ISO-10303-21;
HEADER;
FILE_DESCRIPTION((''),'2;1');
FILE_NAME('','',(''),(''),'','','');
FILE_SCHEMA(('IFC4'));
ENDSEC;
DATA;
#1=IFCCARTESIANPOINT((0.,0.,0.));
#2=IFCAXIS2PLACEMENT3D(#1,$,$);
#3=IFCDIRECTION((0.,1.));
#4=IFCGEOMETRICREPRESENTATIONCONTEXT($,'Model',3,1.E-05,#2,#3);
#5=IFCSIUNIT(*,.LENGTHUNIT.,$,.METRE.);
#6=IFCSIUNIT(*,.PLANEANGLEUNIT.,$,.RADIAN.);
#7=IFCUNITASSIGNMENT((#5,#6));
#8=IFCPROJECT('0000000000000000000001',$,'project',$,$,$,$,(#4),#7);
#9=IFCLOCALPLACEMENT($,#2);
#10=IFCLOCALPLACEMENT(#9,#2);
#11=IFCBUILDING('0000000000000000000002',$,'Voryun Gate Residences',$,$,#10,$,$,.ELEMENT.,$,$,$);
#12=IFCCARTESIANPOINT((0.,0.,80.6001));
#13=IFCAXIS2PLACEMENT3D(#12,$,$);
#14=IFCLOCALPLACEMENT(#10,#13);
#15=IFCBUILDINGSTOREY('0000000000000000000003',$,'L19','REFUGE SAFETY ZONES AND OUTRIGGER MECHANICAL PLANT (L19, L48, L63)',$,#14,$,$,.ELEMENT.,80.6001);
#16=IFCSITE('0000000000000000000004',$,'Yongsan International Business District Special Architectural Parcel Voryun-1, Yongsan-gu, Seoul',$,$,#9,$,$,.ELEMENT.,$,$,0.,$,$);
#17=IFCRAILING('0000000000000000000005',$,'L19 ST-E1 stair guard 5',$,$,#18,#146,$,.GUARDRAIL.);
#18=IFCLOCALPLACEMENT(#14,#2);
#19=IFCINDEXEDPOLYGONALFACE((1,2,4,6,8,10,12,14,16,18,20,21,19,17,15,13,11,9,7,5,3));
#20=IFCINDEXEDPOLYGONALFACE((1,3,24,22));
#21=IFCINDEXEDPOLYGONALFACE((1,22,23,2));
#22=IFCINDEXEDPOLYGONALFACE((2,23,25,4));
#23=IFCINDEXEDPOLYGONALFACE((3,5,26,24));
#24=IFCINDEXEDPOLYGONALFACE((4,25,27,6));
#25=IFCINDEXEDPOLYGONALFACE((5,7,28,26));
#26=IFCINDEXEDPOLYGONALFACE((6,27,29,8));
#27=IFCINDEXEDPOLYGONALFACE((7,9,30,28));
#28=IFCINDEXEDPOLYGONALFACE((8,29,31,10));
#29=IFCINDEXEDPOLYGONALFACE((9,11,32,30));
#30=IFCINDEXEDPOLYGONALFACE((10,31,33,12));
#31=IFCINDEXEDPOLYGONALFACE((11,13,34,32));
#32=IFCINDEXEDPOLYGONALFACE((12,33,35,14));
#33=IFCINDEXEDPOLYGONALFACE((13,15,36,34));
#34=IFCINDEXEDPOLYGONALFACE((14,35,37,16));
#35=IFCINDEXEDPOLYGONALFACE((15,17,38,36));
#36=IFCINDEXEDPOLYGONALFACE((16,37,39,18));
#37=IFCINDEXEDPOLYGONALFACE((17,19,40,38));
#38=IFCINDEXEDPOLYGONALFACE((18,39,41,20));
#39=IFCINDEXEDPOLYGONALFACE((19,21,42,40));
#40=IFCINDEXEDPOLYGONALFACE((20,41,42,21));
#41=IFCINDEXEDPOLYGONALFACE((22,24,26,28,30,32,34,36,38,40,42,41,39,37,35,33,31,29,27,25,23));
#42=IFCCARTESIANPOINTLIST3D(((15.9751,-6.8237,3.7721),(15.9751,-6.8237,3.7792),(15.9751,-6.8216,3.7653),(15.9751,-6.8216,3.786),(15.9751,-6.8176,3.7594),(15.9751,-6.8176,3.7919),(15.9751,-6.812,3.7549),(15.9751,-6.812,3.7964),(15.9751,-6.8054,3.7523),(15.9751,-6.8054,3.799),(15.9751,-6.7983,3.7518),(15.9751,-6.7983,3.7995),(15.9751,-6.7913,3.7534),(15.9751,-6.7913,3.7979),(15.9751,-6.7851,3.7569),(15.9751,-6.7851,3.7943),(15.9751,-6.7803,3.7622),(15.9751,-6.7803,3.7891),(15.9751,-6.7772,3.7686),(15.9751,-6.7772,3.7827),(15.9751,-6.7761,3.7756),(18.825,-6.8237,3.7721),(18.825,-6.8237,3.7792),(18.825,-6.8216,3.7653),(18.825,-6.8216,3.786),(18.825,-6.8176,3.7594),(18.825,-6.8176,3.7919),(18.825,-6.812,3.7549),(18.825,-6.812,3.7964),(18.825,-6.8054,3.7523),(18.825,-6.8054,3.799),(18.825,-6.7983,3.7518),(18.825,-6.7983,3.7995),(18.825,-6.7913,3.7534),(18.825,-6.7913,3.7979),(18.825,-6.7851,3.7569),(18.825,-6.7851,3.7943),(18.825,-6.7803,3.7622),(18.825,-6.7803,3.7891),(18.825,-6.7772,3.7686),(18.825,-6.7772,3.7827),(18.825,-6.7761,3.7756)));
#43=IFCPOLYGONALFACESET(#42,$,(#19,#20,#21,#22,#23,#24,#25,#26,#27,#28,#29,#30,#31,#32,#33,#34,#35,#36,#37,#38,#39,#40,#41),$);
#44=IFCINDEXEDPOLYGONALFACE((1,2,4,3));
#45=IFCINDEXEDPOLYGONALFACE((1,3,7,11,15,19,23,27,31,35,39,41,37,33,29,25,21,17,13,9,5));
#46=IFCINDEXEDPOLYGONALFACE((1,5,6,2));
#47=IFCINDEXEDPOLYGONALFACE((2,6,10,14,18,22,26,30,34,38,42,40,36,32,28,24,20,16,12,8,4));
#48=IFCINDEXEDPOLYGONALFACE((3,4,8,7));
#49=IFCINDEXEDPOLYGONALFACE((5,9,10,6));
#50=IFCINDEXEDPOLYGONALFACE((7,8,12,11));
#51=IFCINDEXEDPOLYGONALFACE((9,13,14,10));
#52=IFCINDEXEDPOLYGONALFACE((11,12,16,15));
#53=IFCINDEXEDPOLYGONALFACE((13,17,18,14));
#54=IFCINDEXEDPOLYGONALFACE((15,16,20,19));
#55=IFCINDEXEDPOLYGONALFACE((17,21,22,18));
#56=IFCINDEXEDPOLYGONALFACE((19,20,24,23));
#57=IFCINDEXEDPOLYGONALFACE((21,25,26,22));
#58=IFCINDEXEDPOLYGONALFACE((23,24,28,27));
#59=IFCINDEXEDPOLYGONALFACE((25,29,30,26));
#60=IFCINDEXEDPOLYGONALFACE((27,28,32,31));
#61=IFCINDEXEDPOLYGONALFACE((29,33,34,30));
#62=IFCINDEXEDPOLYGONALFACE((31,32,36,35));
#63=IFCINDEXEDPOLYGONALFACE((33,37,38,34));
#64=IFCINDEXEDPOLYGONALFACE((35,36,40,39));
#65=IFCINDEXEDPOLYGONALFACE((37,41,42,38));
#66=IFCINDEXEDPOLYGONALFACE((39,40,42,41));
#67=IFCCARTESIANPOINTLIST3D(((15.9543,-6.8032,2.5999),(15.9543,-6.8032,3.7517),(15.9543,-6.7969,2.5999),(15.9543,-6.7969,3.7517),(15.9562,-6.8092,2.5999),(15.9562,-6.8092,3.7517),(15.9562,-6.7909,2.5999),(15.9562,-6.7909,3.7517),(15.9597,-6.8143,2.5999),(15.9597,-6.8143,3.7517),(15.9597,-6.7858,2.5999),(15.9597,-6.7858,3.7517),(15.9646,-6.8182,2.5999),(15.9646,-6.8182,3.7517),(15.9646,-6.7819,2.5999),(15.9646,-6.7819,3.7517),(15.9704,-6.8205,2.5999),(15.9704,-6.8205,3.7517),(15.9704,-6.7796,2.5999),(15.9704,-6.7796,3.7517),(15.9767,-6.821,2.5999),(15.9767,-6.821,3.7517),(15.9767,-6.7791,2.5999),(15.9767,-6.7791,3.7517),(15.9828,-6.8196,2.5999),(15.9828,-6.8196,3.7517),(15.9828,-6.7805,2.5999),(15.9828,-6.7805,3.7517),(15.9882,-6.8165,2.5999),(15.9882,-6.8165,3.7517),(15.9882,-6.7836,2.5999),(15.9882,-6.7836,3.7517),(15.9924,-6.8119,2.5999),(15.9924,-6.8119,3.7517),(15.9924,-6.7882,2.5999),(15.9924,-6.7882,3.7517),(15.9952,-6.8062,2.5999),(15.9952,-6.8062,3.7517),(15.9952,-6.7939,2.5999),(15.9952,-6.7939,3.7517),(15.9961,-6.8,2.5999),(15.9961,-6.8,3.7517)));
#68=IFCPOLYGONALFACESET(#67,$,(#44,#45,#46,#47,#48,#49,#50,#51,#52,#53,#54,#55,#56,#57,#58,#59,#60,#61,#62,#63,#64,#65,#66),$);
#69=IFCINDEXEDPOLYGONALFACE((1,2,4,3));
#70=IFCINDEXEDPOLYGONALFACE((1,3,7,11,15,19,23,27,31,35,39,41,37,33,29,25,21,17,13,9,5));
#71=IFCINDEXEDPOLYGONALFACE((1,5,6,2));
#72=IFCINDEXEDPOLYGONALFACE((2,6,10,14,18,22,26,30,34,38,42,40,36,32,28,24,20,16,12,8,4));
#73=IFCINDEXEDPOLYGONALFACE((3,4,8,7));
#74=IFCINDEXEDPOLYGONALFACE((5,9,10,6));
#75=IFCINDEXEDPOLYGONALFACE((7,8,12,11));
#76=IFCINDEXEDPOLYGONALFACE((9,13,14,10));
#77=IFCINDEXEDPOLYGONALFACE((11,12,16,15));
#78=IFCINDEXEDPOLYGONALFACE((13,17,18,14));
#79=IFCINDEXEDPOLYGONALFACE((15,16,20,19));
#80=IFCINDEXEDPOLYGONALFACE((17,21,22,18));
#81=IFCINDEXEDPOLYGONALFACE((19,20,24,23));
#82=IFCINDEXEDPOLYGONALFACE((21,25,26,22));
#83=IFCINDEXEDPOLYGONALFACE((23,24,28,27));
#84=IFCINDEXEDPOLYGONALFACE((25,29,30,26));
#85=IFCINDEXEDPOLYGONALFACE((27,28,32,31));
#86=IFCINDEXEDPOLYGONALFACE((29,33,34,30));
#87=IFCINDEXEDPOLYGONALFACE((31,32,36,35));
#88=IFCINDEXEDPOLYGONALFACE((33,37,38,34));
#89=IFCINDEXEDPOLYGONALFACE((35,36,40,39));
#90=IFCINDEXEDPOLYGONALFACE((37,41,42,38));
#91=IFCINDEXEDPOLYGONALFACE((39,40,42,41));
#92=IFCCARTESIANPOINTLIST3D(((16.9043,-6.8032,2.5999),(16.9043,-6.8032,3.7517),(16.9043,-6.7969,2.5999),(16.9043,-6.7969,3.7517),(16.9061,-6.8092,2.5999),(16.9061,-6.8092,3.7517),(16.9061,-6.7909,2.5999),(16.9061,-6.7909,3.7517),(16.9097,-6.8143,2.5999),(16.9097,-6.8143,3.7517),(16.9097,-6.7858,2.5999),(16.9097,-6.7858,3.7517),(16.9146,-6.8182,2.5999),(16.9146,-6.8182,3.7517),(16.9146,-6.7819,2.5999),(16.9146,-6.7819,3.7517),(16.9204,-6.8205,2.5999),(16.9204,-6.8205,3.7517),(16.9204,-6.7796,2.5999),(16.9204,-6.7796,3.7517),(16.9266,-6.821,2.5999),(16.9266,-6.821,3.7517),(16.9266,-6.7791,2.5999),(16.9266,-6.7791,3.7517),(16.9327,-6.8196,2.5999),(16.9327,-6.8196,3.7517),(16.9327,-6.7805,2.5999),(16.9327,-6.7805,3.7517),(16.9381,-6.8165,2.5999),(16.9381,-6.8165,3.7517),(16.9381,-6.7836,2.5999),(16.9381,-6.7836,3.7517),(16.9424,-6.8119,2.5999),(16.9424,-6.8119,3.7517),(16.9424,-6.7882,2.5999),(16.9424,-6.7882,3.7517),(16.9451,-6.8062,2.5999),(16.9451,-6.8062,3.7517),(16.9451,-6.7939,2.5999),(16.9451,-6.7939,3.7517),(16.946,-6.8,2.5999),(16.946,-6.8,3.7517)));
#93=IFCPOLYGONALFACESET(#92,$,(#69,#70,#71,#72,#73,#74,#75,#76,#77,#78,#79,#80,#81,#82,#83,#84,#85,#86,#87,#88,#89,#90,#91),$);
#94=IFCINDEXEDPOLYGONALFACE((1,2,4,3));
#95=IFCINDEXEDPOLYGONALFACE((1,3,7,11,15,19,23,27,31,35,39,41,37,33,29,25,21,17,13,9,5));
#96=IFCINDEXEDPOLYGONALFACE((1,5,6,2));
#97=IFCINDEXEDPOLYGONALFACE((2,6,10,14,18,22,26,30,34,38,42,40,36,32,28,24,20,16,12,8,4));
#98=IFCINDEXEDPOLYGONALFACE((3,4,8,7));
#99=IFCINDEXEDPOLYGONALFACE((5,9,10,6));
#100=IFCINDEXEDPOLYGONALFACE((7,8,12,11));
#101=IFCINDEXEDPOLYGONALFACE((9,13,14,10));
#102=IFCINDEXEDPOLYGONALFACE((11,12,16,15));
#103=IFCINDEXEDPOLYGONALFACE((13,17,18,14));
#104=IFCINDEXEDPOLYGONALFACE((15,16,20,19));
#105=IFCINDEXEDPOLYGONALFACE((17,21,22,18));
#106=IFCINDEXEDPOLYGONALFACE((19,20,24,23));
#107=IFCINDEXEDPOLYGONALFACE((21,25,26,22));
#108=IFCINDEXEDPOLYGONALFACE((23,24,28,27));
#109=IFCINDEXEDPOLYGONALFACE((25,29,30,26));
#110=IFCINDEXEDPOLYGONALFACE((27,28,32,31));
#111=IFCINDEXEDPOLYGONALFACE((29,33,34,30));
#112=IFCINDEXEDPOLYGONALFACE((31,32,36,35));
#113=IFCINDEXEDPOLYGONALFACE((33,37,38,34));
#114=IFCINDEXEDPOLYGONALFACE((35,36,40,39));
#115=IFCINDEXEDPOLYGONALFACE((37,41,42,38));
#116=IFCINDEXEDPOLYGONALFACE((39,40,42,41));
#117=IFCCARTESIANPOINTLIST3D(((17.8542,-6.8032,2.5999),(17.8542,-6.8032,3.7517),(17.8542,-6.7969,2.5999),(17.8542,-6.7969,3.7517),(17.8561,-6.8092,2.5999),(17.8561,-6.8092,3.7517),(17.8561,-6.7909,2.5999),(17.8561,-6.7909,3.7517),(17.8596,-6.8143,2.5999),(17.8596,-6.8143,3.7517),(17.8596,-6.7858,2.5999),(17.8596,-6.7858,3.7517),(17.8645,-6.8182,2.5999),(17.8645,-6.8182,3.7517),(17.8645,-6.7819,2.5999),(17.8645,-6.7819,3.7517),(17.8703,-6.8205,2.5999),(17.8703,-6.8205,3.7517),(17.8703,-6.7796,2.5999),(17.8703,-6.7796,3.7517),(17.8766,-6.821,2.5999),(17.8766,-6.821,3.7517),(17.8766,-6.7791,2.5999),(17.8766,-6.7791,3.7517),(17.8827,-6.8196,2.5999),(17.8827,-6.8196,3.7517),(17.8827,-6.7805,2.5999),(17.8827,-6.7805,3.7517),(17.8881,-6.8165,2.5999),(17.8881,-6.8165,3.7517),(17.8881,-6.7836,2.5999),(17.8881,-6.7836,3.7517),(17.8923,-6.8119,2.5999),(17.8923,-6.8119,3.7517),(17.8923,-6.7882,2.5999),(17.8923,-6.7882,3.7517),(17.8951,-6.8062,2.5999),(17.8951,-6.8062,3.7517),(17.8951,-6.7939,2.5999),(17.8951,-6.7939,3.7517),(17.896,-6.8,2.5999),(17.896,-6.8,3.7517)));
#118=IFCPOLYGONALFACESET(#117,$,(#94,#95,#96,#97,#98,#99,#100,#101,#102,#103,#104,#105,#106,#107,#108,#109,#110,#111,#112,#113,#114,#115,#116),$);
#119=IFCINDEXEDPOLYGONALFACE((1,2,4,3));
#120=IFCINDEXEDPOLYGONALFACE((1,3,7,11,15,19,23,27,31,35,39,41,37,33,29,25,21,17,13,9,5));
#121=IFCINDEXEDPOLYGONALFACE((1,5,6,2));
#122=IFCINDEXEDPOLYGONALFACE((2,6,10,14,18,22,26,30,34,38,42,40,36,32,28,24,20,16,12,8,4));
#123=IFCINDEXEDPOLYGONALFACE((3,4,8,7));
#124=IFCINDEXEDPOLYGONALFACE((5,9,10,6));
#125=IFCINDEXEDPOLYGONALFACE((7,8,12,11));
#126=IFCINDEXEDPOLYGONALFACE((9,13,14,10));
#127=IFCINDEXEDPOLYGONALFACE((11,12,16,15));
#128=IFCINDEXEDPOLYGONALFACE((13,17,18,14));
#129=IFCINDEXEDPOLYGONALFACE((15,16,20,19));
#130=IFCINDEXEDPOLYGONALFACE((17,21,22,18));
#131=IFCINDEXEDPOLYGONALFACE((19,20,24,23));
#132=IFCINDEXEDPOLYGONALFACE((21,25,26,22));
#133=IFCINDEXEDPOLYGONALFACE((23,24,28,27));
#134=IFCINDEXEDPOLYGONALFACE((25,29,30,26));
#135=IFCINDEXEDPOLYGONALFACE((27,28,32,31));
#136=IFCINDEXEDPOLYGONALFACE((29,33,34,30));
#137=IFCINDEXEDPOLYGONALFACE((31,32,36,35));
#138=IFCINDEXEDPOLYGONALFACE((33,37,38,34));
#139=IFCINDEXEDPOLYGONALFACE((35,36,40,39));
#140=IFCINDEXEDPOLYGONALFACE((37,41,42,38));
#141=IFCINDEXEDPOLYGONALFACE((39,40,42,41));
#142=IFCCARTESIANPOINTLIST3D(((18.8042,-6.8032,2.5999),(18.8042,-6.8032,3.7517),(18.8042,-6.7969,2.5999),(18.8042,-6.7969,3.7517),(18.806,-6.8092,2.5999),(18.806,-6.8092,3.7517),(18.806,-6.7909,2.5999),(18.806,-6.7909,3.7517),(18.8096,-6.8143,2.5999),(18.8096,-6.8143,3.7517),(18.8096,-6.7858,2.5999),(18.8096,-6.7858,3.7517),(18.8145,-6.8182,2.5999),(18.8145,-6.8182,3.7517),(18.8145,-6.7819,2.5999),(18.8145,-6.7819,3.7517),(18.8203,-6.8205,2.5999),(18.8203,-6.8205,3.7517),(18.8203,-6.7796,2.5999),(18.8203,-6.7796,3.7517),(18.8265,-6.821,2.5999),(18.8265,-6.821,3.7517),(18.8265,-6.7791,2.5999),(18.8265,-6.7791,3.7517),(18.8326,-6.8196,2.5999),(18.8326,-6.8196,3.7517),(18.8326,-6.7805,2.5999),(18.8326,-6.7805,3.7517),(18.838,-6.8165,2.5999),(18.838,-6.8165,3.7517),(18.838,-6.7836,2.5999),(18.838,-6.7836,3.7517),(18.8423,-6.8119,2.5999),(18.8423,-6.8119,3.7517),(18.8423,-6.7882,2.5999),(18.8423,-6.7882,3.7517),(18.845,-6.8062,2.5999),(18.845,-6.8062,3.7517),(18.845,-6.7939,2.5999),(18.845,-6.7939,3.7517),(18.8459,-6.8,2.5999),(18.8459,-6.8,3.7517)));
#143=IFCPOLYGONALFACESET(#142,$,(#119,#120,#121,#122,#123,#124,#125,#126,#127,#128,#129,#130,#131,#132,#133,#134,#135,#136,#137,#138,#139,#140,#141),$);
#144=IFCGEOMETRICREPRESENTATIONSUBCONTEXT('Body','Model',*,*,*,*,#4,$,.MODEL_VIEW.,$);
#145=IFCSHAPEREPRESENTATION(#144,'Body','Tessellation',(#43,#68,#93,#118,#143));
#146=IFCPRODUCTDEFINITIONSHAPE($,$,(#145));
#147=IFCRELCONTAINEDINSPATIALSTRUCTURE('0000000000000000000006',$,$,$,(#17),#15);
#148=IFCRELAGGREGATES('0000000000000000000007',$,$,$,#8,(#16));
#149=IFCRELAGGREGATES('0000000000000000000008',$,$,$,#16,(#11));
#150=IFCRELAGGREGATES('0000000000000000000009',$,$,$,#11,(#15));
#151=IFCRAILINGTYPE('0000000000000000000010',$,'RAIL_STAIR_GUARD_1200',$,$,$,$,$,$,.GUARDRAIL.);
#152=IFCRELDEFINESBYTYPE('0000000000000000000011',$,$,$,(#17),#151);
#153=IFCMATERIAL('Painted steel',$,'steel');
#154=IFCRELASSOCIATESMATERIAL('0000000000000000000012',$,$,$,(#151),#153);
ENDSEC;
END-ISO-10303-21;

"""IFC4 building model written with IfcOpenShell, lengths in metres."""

from ifc_helpers import new_model, si_unit, direction, frame, origin, origin_2d, place, context, subcontext, project, spatial, circle, extrude, material, type_object, element, save


model = new_model("IFC4")

# Units and contexts
model_context = context("Model", 3, precision=1e-05, world=origin(), true_north=direction((0.0, 1.0)))
body_context = subcontext(model_context, "Body", "Model", "MODEL_VIEW")
ifc_project = project(units=[si_unit("LENGTHUNIT", "METRE"), si_unit("PLANEANGLEUNIT", "RADIAN")], contexts=[model_context])

# Site, building, storey
site_placement = place(None, origin())
site = spatial("IfcSite", under=ifc_project, at=site_placement, Name="Yongsan International Business District Special Architectural Parcel Voryun-1, Yongsan-gu, Seoul", CompositionType="ELEMENT", RefElevation=0.0)
building_placement = place(site_placement, origin())
building = spatial("IfcBuilding", under=site, at=building_placement, Name="Voryun Gate Residences", CompositionType="ELEMENT")
storey_placement = place(building_placement, frame((0.0, 0.0, 80.6001)))
storey = spatial("IfcBuildingStorey", under=building, at=storey_placement, Name="L19", Description="REFUGE SAFETY ZONES AND OUTRIGGER MECHANICAL PLANT (L19, L48, L63)", CompositionType="ELEMENT", Elevation=80.6001)

# Railing
ifc_material_1 = material(Name="Painted steel", Category="steel")
railing_type = type_object("IfcRailingType", Name="RAIL_STAIR_GUARD_1200", PredefinedType="GUARDRAIL", material=ifc_material_1)
railing_1_placement = place(storey_placement, frame((15.9751, -6.8, 2.5999)))
element("IfcRailing", 1, at=railing_1_placement, inside=storey, type_object=railing_type, Name="L19 ST-E1 stair guard 5", PredefinedType="GUARDRAIL", context=body_context, shape_type="SweptSolid", body=[
    extrude(circle(Radius=0.0239, at=origin_2d()), frame((0.0, 0.0, 1.1758), z_axis=(1.0, 0.0, 0.0), x_axis=(0.0, 1.0, 0.0)), (0.0, 0.0, 1.0), 2.8499),
    extrude(circle(Radius=0.021, at=origin_2d()), origin(), (0.0, 0.0, 1.0), 1.1519),
    extrude(circle(Radius=0.021, at=origin_2d()), frame((0.95, 0.0, 0.0)), (0.0, 0.0, 1.0), 1.1519),
    extrude(circle(Radius=0.021, at=origin_2d()), frame((1.8999, 0.0, 0.0)), (0.0, 0.0, 1.0), 1.1519),
    extrude(circle(Radius=0.021, at=origin_2d()), frame((2.8499, 0.0, 0.0)), (0.0, 0.0, 1.0), 1.1519),
])

save(model, "model.ifc")
